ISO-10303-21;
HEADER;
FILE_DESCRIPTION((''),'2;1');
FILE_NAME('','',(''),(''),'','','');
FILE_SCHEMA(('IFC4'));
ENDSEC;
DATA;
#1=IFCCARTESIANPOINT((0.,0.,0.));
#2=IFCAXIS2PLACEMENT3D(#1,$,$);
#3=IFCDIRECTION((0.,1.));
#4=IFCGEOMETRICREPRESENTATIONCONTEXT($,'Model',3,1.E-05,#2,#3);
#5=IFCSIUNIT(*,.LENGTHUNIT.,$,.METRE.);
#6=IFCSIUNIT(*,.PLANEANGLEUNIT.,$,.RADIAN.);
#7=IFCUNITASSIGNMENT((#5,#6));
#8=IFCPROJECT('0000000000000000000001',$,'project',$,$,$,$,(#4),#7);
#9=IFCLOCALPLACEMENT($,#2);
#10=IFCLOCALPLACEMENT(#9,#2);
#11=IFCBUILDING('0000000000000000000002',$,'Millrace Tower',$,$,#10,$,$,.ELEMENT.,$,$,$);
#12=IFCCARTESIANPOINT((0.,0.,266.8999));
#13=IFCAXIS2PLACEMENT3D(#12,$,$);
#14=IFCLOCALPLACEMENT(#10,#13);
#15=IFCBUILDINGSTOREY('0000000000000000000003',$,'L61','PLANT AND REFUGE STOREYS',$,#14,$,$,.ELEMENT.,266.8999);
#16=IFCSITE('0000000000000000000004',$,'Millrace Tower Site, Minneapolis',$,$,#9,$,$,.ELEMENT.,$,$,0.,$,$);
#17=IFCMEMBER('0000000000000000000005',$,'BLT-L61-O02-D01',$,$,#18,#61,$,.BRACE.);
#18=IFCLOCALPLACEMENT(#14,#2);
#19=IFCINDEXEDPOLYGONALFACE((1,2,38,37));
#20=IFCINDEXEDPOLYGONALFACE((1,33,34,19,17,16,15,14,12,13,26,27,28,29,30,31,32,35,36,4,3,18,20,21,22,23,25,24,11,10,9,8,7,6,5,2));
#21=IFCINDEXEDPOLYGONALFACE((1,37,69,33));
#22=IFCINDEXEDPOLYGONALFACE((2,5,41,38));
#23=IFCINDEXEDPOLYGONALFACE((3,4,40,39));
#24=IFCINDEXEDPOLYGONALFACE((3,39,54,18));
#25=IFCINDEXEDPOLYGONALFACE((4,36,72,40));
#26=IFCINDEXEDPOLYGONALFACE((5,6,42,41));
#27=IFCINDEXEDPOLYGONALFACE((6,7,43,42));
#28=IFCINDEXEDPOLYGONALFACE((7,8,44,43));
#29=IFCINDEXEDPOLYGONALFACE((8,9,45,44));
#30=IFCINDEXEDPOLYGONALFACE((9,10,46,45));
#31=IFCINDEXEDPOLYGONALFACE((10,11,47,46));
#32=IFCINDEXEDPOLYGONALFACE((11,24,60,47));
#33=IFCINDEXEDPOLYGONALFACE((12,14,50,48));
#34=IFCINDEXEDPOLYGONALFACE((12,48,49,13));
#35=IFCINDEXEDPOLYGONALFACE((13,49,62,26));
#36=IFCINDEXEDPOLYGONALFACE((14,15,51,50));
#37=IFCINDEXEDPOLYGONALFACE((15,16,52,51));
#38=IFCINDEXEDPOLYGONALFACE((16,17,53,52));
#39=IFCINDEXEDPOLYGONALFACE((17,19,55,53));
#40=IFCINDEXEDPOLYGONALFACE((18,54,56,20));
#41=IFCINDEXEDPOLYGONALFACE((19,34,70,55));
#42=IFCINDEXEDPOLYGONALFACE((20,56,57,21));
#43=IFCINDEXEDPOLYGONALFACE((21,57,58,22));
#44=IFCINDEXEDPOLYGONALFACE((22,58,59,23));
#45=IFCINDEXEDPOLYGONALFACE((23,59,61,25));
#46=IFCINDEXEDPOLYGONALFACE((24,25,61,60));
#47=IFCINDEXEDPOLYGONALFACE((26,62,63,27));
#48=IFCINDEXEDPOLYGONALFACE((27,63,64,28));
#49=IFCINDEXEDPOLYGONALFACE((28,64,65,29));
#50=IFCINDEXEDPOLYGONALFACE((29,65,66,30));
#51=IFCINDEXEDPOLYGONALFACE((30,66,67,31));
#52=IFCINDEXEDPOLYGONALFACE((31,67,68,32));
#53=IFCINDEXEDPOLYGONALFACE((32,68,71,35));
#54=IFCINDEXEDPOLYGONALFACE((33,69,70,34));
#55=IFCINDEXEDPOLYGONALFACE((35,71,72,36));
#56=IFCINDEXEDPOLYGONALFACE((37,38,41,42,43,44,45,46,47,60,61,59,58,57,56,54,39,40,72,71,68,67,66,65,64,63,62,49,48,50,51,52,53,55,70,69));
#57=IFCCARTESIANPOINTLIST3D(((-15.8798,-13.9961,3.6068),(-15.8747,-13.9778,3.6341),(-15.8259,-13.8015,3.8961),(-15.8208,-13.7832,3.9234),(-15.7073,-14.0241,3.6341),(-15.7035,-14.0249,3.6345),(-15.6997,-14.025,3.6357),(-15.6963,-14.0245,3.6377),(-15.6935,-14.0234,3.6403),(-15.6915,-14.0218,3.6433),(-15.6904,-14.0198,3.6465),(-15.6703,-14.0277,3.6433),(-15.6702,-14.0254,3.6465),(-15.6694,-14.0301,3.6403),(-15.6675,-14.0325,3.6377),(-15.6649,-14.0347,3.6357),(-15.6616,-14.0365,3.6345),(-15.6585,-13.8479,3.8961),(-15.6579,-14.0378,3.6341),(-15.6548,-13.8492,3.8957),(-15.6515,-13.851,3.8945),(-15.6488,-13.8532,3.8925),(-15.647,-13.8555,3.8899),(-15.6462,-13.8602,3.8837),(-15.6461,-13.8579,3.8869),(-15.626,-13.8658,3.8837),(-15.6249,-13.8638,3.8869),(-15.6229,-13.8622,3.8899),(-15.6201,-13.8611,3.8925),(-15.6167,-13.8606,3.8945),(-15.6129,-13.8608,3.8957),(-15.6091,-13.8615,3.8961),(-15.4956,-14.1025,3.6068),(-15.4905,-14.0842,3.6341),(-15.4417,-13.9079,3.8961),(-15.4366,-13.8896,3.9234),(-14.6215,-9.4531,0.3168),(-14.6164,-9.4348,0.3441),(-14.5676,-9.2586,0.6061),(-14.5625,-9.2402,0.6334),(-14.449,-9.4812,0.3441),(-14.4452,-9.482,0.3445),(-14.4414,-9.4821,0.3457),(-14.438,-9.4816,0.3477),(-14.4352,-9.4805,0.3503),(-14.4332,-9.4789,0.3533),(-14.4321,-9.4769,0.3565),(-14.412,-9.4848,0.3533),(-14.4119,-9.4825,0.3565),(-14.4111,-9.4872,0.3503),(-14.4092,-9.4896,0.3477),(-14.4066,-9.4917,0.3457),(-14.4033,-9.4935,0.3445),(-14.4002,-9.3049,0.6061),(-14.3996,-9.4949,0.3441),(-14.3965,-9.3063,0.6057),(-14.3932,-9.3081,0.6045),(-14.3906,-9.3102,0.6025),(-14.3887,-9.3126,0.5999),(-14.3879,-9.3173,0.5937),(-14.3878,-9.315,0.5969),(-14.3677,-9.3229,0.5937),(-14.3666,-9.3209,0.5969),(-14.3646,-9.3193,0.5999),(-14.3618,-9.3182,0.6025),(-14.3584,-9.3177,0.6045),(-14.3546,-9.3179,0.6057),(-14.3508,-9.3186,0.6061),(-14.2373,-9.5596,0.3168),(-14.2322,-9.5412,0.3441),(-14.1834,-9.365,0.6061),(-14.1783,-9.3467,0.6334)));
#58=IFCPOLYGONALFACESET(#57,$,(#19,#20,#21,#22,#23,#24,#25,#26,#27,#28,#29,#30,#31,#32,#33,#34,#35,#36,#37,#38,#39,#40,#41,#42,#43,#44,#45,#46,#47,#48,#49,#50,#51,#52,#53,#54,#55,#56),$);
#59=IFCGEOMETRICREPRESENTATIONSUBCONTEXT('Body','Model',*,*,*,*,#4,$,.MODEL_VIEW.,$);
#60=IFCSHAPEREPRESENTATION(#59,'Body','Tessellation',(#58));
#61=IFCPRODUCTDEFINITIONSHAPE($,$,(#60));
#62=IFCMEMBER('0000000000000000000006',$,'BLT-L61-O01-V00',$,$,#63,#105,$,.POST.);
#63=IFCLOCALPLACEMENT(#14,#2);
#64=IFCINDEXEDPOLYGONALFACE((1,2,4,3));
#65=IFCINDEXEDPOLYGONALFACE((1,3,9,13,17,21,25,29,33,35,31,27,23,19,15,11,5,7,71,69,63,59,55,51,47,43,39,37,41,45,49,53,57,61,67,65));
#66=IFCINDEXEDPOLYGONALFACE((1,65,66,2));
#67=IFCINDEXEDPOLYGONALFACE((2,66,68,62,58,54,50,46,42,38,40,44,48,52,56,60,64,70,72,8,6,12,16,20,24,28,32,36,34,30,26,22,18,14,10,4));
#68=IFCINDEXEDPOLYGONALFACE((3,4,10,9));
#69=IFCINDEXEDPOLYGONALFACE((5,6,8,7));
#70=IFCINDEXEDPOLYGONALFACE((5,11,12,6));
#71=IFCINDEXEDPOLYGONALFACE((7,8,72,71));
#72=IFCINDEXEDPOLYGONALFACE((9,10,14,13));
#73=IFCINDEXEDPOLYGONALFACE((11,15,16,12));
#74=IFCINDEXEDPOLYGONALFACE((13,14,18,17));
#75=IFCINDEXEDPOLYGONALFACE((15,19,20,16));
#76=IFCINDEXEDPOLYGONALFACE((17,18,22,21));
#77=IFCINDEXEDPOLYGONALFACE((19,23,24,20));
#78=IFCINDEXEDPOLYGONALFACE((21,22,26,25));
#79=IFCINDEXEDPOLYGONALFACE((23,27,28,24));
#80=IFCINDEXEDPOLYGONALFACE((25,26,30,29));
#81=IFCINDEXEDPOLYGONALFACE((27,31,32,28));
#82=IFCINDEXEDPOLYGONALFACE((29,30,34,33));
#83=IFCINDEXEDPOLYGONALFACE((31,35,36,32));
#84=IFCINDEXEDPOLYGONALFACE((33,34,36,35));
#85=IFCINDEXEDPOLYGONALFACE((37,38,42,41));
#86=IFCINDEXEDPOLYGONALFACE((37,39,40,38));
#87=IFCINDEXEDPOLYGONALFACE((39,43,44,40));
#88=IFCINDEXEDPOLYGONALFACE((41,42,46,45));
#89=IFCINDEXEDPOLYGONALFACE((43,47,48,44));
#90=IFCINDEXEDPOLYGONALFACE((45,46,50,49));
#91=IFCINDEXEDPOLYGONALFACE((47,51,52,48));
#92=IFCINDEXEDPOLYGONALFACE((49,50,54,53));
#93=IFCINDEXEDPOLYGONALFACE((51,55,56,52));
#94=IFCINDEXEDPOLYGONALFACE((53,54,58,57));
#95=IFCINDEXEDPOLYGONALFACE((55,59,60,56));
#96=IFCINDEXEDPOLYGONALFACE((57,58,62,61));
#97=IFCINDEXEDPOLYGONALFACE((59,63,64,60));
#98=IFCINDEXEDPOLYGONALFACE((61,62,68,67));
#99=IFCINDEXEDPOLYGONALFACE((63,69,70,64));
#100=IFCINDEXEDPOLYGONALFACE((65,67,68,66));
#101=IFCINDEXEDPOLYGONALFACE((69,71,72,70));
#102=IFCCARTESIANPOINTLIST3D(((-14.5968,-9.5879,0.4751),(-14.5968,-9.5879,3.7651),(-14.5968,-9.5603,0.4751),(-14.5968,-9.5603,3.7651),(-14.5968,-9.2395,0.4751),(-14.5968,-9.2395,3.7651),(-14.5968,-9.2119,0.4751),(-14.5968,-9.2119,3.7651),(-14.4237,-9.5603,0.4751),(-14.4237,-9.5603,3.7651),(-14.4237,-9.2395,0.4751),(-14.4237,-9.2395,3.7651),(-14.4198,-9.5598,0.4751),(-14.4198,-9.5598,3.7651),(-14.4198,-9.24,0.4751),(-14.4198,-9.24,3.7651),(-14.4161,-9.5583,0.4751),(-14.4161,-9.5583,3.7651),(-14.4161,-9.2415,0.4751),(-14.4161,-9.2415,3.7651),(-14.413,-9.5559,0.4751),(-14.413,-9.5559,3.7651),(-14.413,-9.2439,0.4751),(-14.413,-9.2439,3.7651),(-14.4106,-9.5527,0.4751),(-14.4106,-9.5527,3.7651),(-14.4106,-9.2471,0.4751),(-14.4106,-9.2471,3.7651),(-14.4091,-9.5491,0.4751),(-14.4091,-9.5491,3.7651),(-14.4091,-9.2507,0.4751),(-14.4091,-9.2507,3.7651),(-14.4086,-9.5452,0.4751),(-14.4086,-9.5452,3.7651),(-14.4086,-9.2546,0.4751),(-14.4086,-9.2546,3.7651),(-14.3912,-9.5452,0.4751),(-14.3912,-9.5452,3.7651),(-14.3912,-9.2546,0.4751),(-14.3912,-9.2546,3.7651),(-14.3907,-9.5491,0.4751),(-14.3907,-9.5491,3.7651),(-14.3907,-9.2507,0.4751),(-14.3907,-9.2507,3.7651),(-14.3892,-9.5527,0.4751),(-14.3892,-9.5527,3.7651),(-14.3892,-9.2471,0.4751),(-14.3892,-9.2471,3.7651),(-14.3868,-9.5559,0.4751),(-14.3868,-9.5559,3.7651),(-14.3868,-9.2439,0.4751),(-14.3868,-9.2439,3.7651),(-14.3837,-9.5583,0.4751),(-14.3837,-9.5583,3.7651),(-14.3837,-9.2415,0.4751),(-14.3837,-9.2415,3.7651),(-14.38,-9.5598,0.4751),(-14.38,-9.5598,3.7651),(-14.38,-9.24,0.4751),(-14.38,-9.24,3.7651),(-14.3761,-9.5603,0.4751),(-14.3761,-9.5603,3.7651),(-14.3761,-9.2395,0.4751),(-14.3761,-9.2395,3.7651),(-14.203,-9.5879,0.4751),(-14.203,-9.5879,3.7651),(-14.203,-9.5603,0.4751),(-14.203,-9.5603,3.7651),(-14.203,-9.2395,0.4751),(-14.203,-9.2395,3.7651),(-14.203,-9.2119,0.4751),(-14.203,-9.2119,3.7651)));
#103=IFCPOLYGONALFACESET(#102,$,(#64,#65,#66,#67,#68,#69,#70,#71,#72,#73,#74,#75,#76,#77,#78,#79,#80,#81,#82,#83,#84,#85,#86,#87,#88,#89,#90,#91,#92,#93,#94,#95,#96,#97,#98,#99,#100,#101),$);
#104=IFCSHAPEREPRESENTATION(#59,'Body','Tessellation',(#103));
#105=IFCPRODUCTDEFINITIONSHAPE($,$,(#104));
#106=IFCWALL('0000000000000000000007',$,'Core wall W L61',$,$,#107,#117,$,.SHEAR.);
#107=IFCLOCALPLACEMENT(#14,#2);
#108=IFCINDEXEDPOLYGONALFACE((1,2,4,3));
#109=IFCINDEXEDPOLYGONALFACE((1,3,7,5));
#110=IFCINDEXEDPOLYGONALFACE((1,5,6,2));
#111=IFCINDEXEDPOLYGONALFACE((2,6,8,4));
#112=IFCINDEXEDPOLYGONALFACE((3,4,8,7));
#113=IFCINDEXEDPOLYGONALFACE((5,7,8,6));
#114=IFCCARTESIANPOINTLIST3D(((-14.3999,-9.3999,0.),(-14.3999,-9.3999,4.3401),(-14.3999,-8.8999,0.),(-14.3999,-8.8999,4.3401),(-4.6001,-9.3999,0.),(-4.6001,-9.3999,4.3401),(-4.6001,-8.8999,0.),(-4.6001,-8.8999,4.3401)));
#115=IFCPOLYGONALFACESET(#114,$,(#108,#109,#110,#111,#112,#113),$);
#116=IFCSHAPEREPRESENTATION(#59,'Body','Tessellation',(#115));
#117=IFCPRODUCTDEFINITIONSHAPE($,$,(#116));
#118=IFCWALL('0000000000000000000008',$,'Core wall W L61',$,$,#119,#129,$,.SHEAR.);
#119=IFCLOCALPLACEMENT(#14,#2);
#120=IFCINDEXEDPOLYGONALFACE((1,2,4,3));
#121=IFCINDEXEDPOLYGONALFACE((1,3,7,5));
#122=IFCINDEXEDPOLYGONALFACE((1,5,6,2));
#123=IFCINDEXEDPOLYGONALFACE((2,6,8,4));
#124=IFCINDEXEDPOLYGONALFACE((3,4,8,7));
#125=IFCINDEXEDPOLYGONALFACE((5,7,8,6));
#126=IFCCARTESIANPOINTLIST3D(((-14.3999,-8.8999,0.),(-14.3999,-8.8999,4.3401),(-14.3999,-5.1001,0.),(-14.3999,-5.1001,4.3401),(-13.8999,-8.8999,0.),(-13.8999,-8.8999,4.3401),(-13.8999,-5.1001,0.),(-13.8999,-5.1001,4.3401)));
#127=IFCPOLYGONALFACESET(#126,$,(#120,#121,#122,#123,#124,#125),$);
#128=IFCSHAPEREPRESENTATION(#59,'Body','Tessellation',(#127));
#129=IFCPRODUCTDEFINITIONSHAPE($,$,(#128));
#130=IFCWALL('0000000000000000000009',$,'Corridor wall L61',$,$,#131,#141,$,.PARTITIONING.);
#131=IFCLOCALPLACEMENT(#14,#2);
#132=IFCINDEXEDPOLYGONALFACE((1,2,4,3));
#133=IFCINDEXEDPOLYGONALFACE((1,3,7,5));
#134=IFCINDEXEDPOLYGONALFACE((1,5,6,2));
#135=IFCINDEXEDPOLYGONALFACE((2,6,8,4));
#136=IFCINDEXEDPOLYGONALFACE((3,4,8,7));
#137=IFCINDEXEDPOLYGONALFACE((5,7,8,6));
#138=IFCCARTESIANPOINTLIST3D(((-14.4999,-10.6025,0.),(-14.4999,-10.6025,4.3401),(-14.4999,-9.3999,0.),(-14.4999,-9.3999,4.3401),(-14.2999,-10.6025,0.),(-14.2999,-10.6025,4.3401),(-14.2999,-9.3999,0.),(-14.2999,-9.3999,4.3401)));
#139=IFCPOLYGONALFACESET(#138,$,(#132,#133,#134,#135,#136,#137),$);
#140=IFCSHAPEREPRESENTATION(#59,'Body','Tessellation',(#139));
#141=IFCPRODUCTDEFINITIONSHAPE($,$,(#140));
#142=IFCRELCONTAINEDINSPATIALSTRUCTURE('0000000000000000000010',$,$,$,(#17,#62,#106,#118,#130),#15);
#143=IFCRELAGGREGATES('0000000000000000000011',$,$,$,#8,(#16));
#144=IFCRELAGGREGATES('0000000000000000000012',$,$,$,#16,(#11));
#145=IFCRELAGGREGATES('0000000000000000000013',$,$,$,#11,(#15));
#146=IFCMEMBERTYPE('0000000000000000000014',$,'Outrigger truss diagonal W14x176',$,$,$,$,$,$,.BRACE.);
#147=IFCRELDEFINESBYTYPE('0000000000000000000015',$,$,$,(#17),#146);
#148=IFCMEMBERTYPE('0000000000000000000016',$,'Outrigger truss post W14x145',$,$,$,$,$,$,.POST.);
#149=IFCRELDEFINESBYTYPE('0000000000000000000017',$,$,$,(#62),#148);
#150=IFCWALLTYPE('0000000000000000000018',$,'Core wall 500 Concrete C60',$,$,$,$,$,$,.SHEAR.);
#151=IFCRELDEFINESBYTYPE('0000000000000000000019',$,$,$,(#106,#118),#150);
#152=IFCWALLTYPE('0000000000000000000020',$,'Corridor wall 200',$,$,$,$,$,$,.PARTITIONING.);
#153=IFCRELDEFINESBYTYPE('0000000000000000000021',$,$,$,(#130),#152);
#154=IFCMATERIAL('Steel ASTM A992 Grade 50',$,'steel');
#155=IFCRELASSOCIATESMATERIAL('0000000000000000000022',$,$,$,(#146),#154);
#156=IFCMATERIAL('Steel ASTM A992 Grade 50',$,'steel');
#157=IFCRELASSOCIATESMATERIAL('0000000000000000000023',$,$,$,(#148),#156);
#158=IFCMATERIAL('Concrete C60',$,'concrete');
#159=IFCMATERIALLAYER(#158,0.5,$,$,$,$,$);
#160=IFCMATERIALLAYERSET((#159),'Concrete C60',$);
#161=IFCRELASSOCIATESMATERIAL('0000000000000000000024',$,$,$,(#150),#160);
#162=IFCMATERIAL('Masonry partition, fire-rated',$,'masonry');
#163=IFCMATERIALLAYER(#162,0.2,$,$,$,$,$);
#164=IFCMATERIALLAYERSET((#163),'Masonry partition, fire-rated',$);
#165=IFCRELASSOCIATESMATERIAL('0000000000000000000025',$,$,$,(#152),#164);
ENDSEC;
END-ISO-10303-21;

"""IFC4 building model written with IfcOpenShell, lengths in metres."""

from ifc_helpers import new_model, si_unit, direction, frame, frame_2d, origin, origin_2d, place, context, subcontext, project, spatial, rectangle, i_section, extrude, material, layer, layer_set, material_profile, profile_set, type_object, element, save


model = new_model("IFC4")

# Units and contexts
model_context = context("Model", 3, precision=1e-05, world=origin(), true_north=direction((0.0, 1.0)))
body_context = subcontext(model_context, "Body", "Model", "MODEL_VIEW")
ifc_project = project(units=[si_unit("LENGTHUNIT", "METRE"), si_unit("PLANEANGLEUNIT", "RADIAN")], contexts=[model_context])

# Site, building, storey
site_placement = place(None, origin())
site = spatial("IfcSite", under=ifc_project, at=site_placement, Name="Millrace Tower Site, Minneapolis", CompositionType="ELEMENT", RefElevation=0.0)
building_placement = place(site_placement, origin())
building = spatial("IfcBuilding", under=site, at=building_placement, Name="Millrace Tower", CompositionType="ELEMENT")
storey_placement = place(building_placement, frame((0.0, 0.0, 266.8999)))
storey = spatial("IfcBuildingStorey", under=building, at=storey_placement, Name="L61", Description="PLANT AND REFUGE STOREYS", CompositionType="ELEMENT", Elevation=266.8999)

# Members
ifc_material_1 = material(Name="Steel ASTM A992 Grade 50", Category="steel")
ifc_material_profile_1 = material_profile(ifc_material_1, i_section(OverallWidth=0.3987, OverallDepth=0.386, WebThickness=0.021, FlangeThickness=0.0332, FilletRadius=0.0151, at=origin_2d()))
ifc_profile_set_1 = profile_set([ifc_material_profile_1], Name="Steel ASTM A992 Grade 50")
member_type_1 = type_object("IfcMemberType", Name="Outrigger truss diagonal W14x176", PredefinedType="BRACE", material=ifc_profile_set_1)
member_1_placement = place(storey_placement, frame((-14.3999, -9.3999, 0.4751), z_axis=(-0.218889, -0.790276, 0.572321), x_axis=(0.963716, -0.266928, 0.0)))
element("IfcMember", 1, at=member_1_placement, inside=storey, type_object=member_type_1, Name="BLT-L61-O02-D01", PredefinedType="BRACE", context=body_context, shape_type="SweptSolid", body=[
    extrude(i_section(OverallWidth=0.3987, OverallDepth=0.386, WebThickness=0.021, FlangeThickness=0.0332, FilletRadius=0.0151, at=origin_2d()), origin(), (0.0, 0.0, 1.0), 5.7485),
])
ifc_material_2 = material(Name="Steel ASTM A992 Grade 50", Category="steel")
ifc_material_profile_2 = material_profile(ifc_material_2, i_section(OverallWidth=0.3938, OverallDepth=0.376, WebThickness=0.0173, FlangeThickness=0.0276, FilletRadius=0.0151, at=origin_2d()))
ifc_profile_set_2 = profile_set([ifc_material_profile_2], Name="Steel ASTM A992 Grade 50")
member_type_2 = type_object("IfcMemberType", Name="Outrigger truss post W14x145", PredefinedType="POST", material=ifc_profile_set_2)
member_2_placement = place(storey_placement, frame((-14.3999, -9.3999, 0.4751), z_axis=(0.0, 0.0, 1.0), x_axis=(1.0, 0.0, 0.0)))
element("IfcMember", 2, at=member_2_placement, inside=storey, type_object=member_type_2, Name="BLT-L61-O01-V00", PredefinedType="POST", context=body_context, shape_type="SweptSolid", body=[
    extrude(i_section(OverallWidth=0.3938, OverallDepth=0.376, WebThickness=0.0173, FlangeThickness=0.0276, FilletRadius=0.0151, at=origin_2d()), origin(), (0.0, 0.0, 1.0), 3.29),
])

# Walls
ifc_material_3 = material(Name="Concrete C60", Category="concrete")
ifc_layer_1 = layer(ifc_material_3, 0.5)
ifc_layer_set_1 = layer_set([ifc_layer_1], Name="Concrete C60")
wall_type_1 = type_object("IfcWallType", Name="Core wall 500 Concrete C60", PredefinedType="SHEAR", material=ifc_layer_set_1)
wall_1_placement = place(storey_placement, frame((-14.3999, -9.1499, 0.0), z_axis=(0.0, 0.0, 1.0), x_axis=(1.0, 0.0, 0.0)))
element("IfcWall", 3, at=wall_1_placement, inside=storey, type_object=wall_type_1, Name="Core wall W L61", PredefinedType="SHEAR", context=body_context, shape_type="SweptSolid", body=[
    extrude(rectangle(XDim=9.7998, YDim=0.5, at=frame_2d((4.8999, 0.0))), origin(), (0.0, 0.0, 1.0), 4.3401),
])
wall_2_placement = place(storey_placement, frame((-14.1499, -8.8999, 0.0), z_axis=(0.0, 0.0, 1.0), x_axis=(0.0, 1.0, 0.0)))
element("IfcWall", 4, at=wall_2_placement, inside=storey, type_object=wall_type_1, Name="Core wall W L61", PredefinedType="SHEAR", context=body_context, shape_type="SweptSolid", body=[
    extrude(rectangle(XDim=3.7998, YDim=0.5, at=frame_2d((1.8999, 0.0))), origin(), (0.0, 0.0, 1.0), 4.3401),
])
ifc_material_4 = material(Name="Masonry partition, fire-rated", Category="masonry")
ifc_layer_2 = layer(ifc_material_4, 0.2)
ifc_layer_set_2 = layer_set([ifc_layer_2], Name="Masonry partition, fire-rated")
wall_type_2 = type_object("IfcWallType", Name="Corridor wall 200", PredefinedType="PARTITIONING", material=ifc_layer_set_2)
wall_3_placement = place(storey_placement, frame((-14.3999, -10.6025, 0.0), z_axis=(0.0, 0.0, 1.0), x_axis=(0.0, 1.0, 0.0)))
element("IfcWall", 5, at=wall_3_placement, inside=storey, type_object=wall_type_2, Name="Corridor wall L61", PredefinedType="PARTITIONING", context=body_context, shape_type="SweptSolid", body=[
    extrude(rectangle(XDim=1.2026, YDim=0.2, at=frame_2d((0.6013, 0.0))), origin(), (0.0, 0.0, 1.0), 4.3401),
])

save(model, "model.ifc")
